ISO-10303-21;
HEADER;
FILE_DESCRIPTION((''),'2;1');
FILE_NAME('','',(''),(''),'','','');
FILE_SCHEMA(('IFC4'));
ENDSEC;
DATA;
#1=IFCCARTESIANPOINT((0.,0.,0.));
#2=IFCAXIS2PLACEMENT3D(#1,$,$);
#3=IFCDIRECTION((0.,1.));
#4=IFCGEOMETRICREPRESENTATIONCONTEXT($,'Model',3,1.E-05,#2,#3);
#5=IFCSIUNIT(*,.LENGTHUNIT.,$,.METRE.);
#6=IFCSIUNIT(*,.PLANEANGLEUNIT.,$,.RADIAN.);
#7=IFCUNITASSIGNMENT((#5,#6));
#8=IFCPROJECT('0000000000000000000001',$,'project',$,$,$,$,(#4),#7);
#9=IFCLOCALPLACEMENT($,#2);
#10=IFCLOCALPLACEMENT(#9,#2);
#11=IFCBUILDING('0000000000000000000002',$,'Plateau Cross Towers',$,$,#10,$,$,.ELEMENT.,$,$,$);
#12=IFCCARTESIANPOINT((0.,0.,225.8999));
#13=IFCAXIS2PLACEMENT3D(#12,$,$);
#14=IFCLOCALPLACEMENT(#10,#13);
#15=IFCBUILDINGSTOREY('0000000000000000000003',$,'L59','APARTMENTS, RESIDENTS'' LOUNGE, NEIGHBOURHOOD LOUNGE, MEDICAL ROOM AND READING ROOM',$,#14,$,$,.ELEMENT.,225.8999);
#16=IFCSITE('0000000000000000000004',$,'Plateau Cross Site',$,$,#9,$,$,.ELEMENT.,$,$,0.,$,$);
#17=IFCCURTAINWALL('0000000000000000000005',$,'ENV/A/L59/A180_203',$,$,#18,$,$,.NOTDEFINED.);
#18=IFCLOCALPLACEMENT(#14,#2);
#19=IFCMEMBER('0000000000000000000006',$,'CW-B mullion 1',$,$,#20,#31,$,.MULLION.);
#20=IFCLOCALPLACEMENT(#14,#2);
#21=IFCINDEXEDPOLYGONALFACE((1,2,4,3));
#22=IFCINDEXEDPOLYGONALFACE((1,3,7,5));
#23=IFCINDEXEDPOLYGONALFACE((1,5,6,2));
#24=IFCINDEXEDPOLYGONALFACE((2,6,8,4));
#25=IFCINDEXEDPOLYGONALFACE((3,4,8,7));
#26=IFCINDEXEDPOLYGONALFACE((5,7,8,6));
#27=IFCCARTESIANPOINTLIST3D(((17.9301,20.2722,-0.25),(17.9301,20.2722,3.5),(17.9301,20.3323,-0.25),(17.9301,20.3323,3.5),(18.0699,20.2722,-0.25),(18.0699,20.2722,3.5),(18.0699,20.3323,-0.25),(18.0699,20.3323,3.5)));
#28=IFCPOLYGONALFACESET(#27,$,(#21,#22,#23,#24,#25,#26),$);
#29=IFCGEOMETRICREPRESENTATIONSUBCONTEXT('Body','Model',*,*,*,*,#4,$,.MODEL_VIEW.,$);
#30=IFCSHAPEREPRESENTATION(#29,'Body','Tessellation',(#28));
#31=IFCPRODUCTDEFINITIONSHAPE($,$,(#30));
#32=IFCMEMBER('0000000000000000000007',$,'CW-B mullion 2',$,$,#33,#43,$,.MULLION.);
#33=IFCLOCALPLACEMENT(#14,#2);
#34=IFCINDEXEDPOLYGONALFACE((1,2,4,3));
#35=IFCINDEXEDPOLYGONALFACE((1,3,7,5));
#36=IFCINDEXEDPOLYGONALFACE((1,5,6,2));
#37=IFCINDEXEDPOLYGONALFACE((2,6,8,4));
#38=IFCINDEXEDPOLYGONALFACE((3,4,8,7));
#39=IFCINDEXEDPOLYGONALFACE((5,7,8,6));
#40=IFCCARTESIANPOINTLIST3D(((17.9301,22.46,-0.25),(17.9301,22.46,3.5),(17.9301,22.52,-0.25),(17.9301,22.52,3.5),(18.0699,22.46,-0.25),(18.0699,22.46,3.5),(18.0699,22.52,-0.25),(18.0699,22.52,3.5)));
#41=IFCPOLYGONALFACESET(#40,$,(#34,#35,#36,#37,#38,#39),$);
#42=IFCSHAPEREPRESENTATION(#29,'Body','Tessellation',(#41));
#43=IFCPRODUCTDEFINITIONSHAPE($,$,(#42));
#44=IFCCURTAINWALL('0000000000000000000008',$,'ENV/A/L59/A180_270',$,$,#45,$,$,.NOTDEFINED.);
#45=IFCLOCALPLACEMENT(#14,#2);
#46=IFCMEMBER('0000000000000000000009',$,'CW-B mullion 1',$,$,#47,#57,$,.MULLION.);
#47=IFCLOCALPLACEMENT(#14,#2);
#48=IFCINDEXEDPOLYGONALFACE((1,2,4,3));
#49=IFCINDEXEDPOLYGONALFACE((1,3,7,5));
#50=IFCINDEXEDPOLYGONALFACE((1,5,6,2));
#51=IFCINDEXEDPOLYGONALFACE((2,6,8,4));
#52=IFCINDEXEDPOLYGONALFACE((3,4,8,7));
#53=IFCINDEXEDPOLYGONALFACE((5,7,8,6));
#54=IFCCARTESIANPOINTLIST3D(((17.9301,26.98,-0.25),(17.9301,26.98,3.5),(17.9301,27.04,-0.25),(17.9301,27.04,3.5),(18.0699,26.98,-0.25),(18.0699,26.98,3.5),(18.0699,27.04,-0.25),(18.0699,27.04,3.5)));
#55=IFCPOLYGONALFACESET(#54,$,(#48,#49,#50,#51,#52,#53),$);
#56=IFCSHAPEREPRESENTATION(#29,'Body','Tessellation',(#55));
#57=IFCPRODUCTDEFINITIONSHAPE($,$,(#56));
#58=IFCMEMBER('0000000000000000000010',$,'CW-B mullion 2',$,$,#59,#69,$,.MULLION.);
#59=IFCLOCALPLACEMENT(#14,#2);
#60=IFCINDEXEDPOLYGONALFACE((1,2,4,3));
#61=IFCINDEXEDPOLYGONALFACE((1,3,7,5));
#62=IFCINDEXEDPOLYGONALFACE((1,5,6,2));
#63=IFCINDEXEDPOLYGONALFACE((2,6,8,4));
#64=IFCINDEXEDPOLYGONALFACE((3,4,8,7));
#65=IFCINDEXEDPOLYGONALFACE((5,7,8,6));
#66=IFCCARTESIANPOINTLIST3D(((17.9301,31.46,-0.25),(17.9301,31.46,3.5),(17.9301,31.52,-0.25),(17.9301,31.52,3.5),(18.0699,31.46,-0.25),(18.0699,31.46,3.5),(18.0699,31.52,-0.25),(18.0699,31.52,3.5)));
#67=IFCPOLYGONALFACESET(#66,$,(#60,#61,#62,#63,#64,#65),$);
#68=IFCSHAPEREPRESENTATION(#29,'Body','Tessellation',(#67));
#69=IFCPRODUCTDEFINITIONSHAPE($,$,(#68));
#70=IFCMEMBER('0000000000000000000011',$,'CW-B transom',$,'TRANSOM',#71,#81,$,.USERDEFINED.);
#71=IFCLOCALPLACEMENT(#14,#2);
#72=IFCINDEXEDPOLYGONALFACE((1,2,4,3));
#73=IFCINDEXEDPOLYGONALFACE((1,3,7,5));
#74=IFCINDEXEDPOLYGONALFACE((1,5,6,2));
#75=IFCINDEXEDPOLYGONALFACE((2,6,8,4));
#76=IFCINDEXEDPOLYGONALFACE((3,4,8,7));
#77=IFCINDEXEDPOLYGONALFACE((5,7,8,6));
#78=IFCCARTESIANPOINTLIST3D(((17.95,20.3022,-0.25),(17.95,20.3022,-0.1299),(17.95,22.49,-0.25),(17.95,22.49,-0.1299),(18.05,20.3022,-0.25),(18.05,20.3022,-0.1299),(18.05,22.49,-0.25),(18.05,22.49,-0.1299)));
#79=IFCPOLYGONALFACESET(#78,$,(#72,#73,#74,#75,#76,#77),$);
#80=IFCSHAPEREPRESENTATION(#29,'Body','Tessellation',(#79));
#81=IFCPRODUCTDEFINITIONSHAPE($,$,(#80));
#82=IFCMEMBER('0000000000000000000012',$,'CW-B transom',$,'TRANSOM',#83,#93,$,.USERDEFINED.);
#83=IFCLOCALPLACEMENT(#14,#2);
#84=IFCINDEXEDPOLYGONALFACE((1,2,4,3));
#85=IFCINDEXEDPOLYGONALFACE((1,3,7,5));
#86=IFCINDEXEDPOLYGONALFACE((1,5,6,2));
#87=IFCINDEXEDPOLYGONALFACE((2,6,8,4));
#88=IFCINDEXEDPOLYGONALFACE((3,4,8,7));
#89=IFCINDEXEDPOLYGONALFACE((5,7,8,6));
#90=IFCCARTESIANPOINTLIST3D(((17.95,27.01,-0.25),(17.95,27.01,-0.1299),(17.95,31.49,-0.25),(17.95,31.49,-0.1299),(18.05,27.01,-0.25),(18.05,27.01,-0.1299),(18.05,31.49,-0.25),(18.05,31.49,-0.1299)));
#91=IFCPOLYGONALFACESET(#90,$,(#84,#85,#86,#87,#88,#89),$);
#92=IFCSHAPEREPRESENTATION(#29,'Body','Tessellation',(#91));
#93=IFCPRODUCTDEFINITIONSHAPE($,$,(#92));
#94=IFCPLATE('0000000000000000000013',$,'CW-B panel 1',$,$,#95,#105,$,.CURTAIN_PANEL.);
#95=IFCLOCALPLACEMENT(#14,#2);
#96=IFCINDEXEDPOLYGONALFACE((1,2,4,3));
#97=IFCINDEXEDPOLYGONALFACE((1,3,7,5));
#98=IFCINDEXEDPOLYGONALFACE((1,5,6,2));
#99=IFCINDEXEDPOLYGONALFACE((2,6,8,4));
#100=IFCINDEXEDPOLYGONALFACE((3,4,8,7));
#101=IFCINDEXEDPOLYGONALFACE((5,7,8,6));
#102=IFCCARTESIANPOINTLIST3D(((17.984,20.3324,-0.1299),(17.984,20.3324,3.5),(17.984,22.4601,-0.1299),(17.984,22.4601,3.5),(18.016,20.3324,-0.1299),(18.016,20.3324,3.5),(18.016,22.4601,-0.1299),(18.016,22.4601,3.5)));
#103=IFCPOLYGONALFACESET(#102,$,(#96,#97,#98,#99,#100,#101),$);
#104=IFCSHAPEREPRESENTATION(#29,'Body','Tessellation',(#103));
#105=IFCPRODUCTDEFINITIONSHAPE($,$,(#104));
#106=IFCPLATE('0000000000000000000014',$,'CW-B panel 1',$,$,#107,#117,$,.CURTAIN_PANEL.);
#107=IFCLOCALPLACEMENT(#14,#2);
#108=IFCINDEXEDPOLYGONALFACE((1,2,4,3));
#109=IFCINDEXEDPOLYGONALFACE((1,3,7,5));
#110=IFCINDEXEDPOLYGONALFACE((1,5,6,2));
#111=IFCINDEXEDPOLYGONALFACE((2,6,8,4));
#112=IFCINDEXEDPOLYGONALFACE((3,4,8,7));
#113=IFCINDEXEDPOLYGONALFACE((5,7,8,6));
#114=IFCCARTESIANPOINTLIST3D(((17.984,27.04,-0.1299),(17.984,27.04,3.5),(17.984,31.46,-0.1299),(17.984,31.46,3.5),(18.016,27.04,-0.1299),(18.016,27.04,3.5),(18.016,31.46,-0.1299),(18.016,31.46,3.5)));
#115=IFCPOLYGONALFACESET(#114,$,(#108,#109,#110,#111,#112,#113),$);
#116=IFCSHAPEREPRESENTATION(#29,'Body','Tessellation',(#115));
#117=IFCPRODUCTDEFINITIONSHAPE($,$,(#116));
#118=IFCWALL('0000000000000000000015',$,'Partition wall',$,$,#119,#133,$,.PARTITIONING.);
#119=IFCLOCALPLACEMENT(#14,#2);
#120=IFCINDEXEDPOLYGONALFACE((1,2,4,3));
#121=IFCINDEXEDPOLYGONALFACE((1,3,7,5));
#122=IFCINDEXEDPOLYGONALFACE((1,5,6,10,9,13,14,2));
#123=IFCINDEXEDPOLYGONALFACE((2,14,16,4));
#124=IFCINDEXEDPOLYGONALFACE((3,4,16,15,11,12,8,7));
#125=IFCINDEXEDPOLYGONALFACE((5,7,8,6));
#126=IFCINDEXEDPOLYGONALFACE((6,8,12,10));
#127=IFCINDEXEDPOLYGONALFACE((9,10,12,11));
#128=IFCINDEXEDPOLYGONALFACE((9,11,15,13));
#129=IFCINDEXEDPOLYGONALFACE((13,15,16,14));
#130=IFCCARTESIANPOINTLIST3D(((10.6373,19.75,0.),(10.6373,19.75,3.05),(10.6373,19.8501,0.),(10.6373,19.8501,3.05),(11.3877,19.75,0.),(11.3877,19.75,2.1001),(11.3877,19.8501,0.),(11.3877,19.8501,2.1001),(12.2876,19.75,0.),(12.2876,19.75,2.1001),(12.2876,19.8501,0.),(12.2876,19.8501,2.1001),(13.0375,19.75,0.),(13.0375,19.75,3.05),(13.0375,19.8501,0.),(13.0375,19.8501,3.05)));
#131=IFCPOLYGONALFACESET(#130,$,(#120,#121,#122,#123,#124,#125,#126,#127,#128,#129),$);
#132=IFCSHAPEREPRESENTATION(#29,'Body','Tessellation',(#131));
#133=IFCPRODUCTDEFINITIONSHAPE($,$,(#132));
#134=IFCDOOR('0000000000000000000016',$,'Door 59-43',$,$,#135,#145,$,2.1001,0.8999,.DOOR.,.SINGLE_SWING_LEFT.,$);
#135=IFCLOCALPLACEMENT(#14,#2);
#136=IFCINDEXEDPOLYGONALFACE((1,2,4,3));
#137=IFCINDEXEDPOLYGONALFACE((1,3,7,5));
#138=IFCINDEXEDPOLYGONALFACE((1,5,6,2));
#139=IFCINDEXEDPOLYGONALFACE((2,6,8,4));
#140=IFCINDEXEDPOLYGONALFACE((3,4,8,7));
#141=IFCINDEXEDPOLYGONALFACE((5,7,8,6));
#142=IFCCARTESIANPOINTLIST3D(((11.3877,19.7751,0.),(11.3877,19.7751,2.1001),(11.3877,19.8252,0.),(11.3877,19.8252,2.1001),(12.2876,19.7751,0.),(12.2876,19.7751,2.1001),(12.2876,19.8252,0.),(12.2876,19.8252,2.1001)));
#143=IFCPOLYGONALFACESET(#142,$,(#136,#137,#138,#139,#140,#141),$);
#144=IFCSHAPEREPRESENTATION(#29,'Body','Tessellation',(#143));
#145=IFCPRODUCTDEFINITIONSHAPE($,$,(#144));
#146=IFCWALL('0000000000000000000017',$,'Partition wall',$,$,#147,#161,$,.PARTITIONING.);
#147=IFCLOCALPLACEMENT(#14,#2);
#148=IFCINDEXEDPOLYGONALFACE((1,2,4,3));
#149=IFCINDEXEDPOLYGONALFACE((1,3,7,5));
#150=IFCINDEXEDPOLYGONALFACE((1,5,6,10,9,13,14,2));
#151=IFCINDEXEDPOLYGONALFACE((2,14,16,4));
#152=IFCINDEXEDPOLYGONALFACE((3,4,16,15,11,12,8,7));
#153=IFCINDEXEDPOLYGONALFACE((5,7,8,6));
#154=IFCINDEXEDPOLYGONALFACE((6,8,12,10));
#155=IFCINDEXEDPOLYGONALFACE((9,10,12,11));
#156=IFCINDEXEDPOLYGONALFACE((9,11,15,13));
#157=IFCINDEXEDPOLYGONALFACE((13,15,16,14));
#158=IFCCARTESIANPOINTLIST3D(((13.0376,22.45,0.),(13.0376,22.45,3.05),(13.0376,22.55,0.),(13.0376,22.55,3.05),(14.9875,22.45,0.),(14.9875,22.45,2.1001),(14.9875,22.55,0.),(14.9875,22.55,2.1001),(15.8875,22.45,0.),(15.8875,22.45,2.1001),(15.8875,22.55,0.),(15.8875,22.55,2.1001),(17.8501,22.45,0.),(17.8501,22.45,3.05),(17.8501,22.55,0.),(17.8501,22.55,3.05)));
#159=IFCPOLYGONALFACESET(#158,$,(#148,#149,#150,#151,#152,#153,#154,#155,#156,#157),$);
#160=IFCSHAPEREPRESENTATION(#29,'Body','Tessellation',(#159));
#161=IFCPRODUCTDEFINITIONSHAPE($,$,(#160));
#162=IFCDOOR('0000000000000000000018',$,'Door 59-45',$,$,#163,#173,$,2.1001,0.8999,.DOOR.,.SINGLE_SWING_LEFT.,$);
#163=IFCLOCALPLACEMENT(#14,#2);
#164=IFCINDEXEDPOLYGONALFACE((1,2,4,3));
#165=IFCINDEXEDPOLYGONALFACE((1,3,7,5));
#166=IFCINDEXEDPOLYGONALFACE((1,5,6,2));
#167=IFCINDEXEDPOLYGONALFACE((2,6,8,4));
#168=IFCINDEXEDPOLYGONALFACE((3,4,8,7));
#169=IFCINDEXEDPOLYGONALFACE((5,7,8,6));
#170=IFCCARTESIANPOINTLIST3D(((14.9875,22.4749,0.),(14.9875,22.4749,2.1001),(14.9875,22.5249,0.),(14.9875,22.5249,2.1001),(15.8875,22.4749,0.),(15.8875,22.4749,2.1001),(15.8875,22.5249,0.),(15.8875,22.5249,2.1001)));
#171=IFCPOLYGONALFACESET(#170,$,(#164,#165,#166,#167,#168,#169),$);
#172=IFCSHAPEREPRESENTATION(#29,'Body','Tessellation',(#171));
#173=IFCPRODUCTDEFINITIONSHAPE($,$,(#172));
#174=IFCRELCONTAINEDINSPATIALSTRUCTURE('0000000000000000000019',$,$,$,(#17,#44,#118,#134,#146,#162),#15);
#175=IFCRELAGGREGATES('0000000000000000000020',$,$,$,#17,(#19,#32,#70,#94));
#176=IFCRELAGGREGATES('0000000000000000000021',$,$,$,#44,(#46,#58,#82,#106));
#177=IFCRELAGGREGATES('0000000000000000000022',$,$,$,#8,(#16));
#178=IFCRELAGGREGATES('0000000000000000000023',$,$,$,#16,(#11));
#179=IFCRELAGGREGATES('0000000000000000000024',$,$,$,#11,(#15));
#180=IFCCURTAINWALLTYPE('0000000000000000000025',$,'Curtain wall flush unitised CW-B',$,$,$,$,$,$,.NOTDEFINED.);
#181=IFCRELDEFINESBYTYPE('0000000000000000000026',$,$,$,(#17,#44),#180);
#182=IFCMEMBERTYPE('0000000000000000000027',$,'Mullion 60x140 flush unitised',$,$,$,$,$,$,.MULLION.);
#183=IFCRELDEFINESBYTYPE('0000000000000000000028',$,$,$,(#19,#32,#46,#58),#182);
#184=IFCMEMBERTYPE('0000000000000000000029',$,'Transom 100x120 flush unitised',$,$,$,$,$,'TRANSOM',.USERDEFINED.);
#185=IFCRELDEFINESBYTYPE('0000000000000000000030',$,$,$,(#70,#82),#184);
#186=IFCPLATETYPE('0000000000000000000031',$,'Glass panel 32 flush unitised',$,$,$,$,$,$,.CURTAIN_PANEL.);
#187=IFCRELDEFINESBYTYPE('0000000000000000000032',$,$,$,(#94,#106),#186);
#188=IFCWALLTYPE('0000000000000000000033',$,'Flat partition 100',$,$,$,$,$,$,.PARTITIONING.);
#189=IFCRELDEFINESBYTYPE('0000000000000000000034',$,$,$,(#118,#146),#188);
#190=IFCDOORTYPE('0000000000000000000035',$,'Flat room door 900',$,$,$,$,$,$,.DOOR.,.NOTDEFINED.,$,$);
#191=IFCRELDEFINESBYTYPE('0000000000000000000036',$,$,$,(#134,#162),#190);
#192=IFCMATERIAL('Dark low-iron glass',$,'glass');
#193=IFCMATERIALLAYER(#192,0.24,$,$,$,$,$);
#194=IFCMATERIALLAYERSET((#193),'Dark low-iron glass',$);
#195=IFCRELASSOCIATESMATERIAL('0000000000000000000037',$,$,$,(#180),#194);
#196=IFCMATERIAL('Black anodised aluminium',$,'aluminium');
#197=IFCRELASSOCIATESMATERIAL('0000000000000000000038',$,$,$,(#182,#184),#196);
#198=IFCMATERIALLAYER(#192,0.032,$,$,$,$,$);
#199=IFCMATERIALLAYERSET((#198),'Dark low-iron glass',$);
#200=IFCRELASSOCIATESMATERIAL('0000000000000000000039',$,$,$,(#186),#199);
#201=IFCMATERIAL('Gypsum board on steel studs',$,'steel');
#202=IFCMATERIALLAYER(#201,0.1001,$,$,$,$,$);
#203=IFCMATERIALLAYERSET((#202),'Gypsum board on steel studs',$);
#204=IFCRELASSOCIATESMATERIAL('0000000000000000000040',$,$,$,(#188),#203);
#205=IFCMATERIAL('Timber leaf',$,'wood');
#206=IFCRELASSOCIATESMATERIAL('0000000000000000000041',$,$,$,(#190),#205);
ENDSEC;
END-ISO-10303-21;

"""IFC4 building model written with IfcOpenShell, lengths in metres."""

from ifc_helpers import new_model, si_unit, direction, frame, frame_2d, origin, origin_2d, place, context, subcontext, project, spatial, rectangle, extrude, material, layer, layer_set, material_profile, profile_set, type_object, element, fill, aggregate, save


model = new_model("IFC4")

# Units and contexts
model_context = context("Model", 3, precision=1e-05, world=origin(), true_north=direction((0.0, 1.0)))
body_context = subcontext(model_context, "Body", "Model", "MODEL_VIEW")
ifc_project = project(units=[si_unit("LENGTHUNIT", "METRE"), si_unit("PLANEANGLEUNIT", "RADIAN")], contexts=[model_context])

# Site, building, storey
site_placement = place(None, origin())
site = spatial("IfcSite", under=ifc_project, at=site_placement, Name="Plateau Cross Site", CompositionType="ELEMENT", RefElevation=0.0)
building_placement = place(site_placement, origin())
building = spatial("IfcBuilding", under=site, at=building_placement, Name="Plateau Cross Towers", CompositionType="ELEMENT")
storey_placement = place(building_placement, frame((0.0, 0.0, 225.8999)))
storey = spatial("IfcBuildingStorey", under=building, at=storey_placement, Name="L59", Description="APARTMENTS, RESIDENTS' LOUNGE, NEIGHBOURHOOD LOUNGE, MEDICAL ROOM AND READING ROOM", CompositionType="ELEMENT", Elevation=225.8999)

# Curtain walls, members
ifc_material_1 = material(Name="Dark low-iron glass", Category="glass")
ifc_layer_1 = layer(ifc_material_1, 0.24)
ifc_layer_set_1 = layer_set([ifc_layer_1], Name="Dark low-iron glass")
curtain_wall_type = type_object("IfcCurtainWallType", Name="Curtain wall flush unitised CW-B", PredefinedType="NOTDEFINED", material=ifc_layer_set_1)
curtain_wall_1_placement = place(storey_placement, origin())
curtain_wall_1 = element("IfcCurtainWall", 1, at=curtain_wall_1_placement, inside=storey, type_object=curtain_wall_type, Name="ENV/A/L59/A180_203", PredefinedType="NOTDEFINED")
ifc_material_2 = material(Name="Black anodised aluminium", Category="aluminium")
ifc_material_profile_1 = material_profile(ifc_material_2, rectangle(XDim=0.0601, YDim=0.1399, at=origin_2d()), Name="MULLION 60x140")
ifc_profile_set_1 = profile_set([ifc_material_profile_1], Name="Black anodised aluminium")
member_type_1 = type_object("IfcMemberType", Name="Mullion 60x140 flush unitised", PredefinedType="MULLION", material=ifc_profile_set_1)
member_1_placement = place(storey_placement, frame((18.0, 20.3022, -0.25), z_axis=(0.0, 0.0, 1.0), x_axis=(0.0, 1.0, 0.0)))
member_1 = element("IfcMember", 2, at=member_1_placement, type_object=member_type_1, Name="CW-B mullion 1", PredefinedType="MULLION", context=body_context, shape_type="SweptSolid", body=[
    extrude(rectangle(XDim=0.0601, YDim=0.1399, at=origin_2d()), origin(), (0.0, 0.0, 1.0), 3.75),
])
member_2_placement = place(storey_placement, frame((18.0, 22.49, -0.25), z_axis=(0.0, 0.0, 1.0), x_axis=(0.0, 1.0, 0.0)))
member_2 = element("IfcMember", 3, at=member_2_placement, type_object=member_type_1, Name="CW-B mullion 2", PredefinedType="MULLION", context=body_context, shape_type="SweptSolid", body=[
    extrude(rectangle(XDim=0.0601, YDim=0.1399, at=origin_2d()), origin(), (0.0, 0.0, 1.0), 3.75),
])
curtain_wall_2_placement = place(storey_placement, origin())
curtain_wall_2 = element("IfcCurtainWall", 4, at=curtain_wall_2_placement, inside=storey, type_object=curtain_wall_type, Name="ENV/A/L59/A180_270", PredefinedType="NOTDEFINED")
member_3_placement = place(storey_placement, frame((18.0, 27.01, -0.25), z_axis=(0.0, 0.0, 1.0), x_axis=(0.0, 1.0, 0.0)))
member_3 = element("IfcMember", 5, at=member_3_placement, type_object=member_type_1, Name="CW-B mullion 1", PredefinedType="MULLION", context=body_context, shape_type="SweptSolid", body=[
    extrude(rectangle(XDim=0.0601, YDim=0.1399, at=origin_2d()), origin(), (0.0, 0.0, 1.0), 3.75),
])
member_4_placement = place(storey_placement, frame((18.0, 31.49, -0.25), z_axis=(0.0, 0.0, 1.0), x_axis=(0.0, 1.0, 0.0)))
member_4 = element("IfcMember", 6, at=member_4_placement, type_object=member_type_1, Name="CW-B mullion 2", PredefinedType="MULLION", context=body_context, shape_type="SweptSolid", body=[
    extrude(rectangle(XDim=0.0601, YDim=0.1399, at=origin_2d()), origin(), (0.0, 0.0, 1.0), 3.75),
])

# Members
ifc_material_profile_2 = material_profile(ifc_material_2, rectangle(XDim=0.1001, YDim=0.1201, at=origin_2d()), Name="TRANSOM 100x120")
ifc_profile_set_2 = profile_set([ifc_material_profile_2], Name="Black anodised aluminium")
member_type_2 = type_object("IfcMemberType", Name="Transom 100x120 flush unitised", ElementType="TRANSOM", PredefinedType="USERDEFINED", material=ifc_profile_set_2)
member_5_placement = place(storey_placement, frame((18.0, 20.3022, -0.1899), z_axis=(0.0, 1.0, 0.0), x_axis=(-1.0, 0.0, 0.0)))
member_5 = element("IfcMember", 7, at=member_5_placement, type_object=member_type_2, Name="CW-B transom", ObjectType="TRANSOM", PredefinedType="USERDEFINED", context=body_context, shape_type="SweptSolid", body=[
    extrude(rectangle(XDim=0.1001, YDim=0.1201, at=origin_2d()), origin(), (0.0, 0.0, 1.0), 2.1877),
])
member_6_placement = place(storey_placement, frame((18.0, 27.01, -0.1899), z_axis=(0.0, 1.0, 0.0), x_axis=(-1.0, 0.0, 0.0)))
member_6 = element("IfcMember", 8, at=member_6_placement, type_object=member_type_2, Name="CW-B transom", ObjectType="TRANSOM", PredefinedType="USERDEFINED", context=body_context, shape_type="SweptSolid", body=[
    extrude(rectangle(XDim=0.1001, YDim=0.1201, at=origin_2d()), origin(), (0.0, 0.0, 1.0), 4.48),
])

# Plates
ifc_layer_2 = layer(ifc_material_1, 0.032)
ifc_layer_set_2 = layer_set([ifc_layer_2], Name="Dark low-iron glass")
plate_type = type_object("IfcPlateType", Name="Glass panel 32 flush unitised", PredefinedType="CURTAIN_PANEL", material=ifc_layer_set_2)
plate_1_placement = place(storey_placement, frame((18.0, 21.3962, -0.1299), z_axis=(0.0, 0.0, 1.0), x_axis=(0.0, 1.0, 0.0)))
plate_1 = element("IfcPlate", 9, at=plate_1_placement, type_object=plate_type, Name="CW-B panel 1", PredefinedType="CURTAIN_PANEL", context=body_context, shape_type="SweptSolid", body=[
    extrude(rectangle(XDim=2.1277, YDim=0.032, at=origin_2d()), origin(), (0.0, 0.0, 1.0), 3.6299),
])
aggregate(curtain_wall_1, [member_1, member_2, member_5, plate_1])
plate_2_placement = place(storey_placement, frame((18.0, 29.25, -0.1299), z_axis=(0.0, 0.0, 1.0), x_axis=(0.0, 1.0, 0.0)))
plate_2 = element("IfcPlate", 10, at=plate_2_placement, type_object=plate_type, Name="CW-B panel 1", PredefinedType="CURTAIN_PANEL", context=body_context, shape_type="SweptSolid", body=[
    extrude(rectangle(XDim=4.4199, YDim=0.032, at=origin_2d()), origin(), (0.0, 0.0, 1.0), 3.6299),
])
aggregate(curtain_wall_2, [member_3, member_4, member_6, plate_2])

# Walls, openings, doors
ifc_material_3 = material(Name="Gypsum board on steel studs", Category="steel")
ifc_layer_3 = layer(ifc_material_3, 0.1001)
ifc_layer_set_3 = layer_set([ifc_layer_3], Name="Gypsum board on steel studs")
wall_type_1 = type_object("IfcWallType", Name="Flat partition 100", PredefinedType="PARTITIONING", material=ifc_layer_set_3)
wall_1_placement = place(storey_placement, frame((13.0376, 19.8, 0.0), z_axis=(0.0, 0.0, 1.0), x_axis=(-1.0, 0.0, 0.0)))
wall_1 = element("IfcWall", 11, at=wall_1_placement, inside=storey, type_object=wall_type_1, Name="Partition wall", PredefinedType="PARTITIONING", context=body_context, shape_type="SweptSolid", body=[
    extrude(rectangle(XDim=2.4001, YDim=0.1001, at=frame_2d((1.2002, 0.0))), origin(), (0.0, 0.0, 1.0), 3.05),
])
opening_1_placement = place(wall_1_placement, frame((0.75, 0.0, 0.0)))
opening_1 = element("IfcOpeningElement", 12, at=opening_1_placement, cuts=wall_1, PredefinedType="OPENING", context=body_context, shape_type="SweptSolid", body=[
    extrude(rectangle(XDim=0.8999, YDim=2.1001, at=frame_2d((0.45, 1.05))), frame((0.0, 0.0601, 0.0), z_axis=(0.0, -1.0, 0.0), x_axis=(1.0, 0.0, 0.0)), (0.0, 0.0, 1.0), 0.1201),
])
ifc_material_4 = material(Name="Timber leaf", Category="wood")
door_type_1 = type_object("IfcDoorType", Name="Flat room door 900", OperationType="NOTDEFINED", PredefinedType="DOOR", material=ifc_material_4)
door_1_placement = place(opening_1_placement, origin())
door_1 = element("IfcDoor", 13, at=door_1_placement, inside=storey, type_object=door_type_1, Name="Door 59-43", OperationType="SINGLE_SWING_LEFT", OverallHeight=2.1001, OverallWidth=0.8999, PredefinedType="DOOR", context=body_context, shape_type="SweptSolid", body=[
    extrude(rectangle(XDim=0.8999, YDim=2.1001, at=frame_2d((0.45, 1.05))), frame((0.0, 0.0249, 0.0), z_axis=(0.0, -1.0, 0.0), x_axis=(1.0, 0.0, 0.0)), (0.0, 0.0, 1.0), 0.05),
])
fill(opening_1, door_1)
wall_2_placement = place(storey_placement, frame((13.0376, 22.5, 0.0), z_axis=(0.0, 0.0, 1.0), x_axis=(1.0, 0.0, 0.0)))
wall_2 = element("IfcWall", 14, at=wall_2_placement, inside=storey, type_object=wall_type_1, Name="Partition wall", PredefinedType="PARTITIONING", context=body_context, shape_type="SweptSolid", body=[
    extrude(rectangle(XDim=4.8125, YDim=0.1001, at=frame_2d((2.4062, 0.0))), origin(), (0.0, 0.0, 1.0), 3.05),
])
opening_2_placement = place(wall_2_placement, frame((1.95, 0.0, 0.0)))
opening_2 = element("IfcOpeningElement", 15, at=opening_2_placement, cuts=wall_2, PredefinedType="OPENING", context=body_context, shape_type="SweptSolid", body=[
    extrude(rectangle(XDim=0.8999, YDim=2.1001, at=frame_2d((0.45, 1.05))), frame((0.0, 0.0601, 0.0), z_axis=(0.0, -1.0, 0.0), x_axis=(1.0, 0.0, 0.0)), (0.0, 0.0, 1.0), 0.1201),
])
door_2_placement = place(opening_2_placement, origin())
door_2 = element("IfcDoor", 16, at=door_2_placement, inside=storey, type_object=door_type_1, Name="Door 59-45", OperationType="SINGLE_SWING_LEFT", OverallHeight=2.1001, OverallWidth=0.8999, PredefinedType="DOOR", context=body_context, shape_type="SweptSolid", body=[
    extrude(rectangle(XDim=0.8999, YDim=2.1001, at=frame_2d((0.45, 1.05))), frame((0.0, 0.0249, 0.0), z_axis=(0.0, -1.0, 0.0), x_axis=(1.0, 0.0, 0.0)), (0.0, 0.0, 1.0), 0.05),
])
fill(opening_2, door_2)

save(model, "model.ifc")
